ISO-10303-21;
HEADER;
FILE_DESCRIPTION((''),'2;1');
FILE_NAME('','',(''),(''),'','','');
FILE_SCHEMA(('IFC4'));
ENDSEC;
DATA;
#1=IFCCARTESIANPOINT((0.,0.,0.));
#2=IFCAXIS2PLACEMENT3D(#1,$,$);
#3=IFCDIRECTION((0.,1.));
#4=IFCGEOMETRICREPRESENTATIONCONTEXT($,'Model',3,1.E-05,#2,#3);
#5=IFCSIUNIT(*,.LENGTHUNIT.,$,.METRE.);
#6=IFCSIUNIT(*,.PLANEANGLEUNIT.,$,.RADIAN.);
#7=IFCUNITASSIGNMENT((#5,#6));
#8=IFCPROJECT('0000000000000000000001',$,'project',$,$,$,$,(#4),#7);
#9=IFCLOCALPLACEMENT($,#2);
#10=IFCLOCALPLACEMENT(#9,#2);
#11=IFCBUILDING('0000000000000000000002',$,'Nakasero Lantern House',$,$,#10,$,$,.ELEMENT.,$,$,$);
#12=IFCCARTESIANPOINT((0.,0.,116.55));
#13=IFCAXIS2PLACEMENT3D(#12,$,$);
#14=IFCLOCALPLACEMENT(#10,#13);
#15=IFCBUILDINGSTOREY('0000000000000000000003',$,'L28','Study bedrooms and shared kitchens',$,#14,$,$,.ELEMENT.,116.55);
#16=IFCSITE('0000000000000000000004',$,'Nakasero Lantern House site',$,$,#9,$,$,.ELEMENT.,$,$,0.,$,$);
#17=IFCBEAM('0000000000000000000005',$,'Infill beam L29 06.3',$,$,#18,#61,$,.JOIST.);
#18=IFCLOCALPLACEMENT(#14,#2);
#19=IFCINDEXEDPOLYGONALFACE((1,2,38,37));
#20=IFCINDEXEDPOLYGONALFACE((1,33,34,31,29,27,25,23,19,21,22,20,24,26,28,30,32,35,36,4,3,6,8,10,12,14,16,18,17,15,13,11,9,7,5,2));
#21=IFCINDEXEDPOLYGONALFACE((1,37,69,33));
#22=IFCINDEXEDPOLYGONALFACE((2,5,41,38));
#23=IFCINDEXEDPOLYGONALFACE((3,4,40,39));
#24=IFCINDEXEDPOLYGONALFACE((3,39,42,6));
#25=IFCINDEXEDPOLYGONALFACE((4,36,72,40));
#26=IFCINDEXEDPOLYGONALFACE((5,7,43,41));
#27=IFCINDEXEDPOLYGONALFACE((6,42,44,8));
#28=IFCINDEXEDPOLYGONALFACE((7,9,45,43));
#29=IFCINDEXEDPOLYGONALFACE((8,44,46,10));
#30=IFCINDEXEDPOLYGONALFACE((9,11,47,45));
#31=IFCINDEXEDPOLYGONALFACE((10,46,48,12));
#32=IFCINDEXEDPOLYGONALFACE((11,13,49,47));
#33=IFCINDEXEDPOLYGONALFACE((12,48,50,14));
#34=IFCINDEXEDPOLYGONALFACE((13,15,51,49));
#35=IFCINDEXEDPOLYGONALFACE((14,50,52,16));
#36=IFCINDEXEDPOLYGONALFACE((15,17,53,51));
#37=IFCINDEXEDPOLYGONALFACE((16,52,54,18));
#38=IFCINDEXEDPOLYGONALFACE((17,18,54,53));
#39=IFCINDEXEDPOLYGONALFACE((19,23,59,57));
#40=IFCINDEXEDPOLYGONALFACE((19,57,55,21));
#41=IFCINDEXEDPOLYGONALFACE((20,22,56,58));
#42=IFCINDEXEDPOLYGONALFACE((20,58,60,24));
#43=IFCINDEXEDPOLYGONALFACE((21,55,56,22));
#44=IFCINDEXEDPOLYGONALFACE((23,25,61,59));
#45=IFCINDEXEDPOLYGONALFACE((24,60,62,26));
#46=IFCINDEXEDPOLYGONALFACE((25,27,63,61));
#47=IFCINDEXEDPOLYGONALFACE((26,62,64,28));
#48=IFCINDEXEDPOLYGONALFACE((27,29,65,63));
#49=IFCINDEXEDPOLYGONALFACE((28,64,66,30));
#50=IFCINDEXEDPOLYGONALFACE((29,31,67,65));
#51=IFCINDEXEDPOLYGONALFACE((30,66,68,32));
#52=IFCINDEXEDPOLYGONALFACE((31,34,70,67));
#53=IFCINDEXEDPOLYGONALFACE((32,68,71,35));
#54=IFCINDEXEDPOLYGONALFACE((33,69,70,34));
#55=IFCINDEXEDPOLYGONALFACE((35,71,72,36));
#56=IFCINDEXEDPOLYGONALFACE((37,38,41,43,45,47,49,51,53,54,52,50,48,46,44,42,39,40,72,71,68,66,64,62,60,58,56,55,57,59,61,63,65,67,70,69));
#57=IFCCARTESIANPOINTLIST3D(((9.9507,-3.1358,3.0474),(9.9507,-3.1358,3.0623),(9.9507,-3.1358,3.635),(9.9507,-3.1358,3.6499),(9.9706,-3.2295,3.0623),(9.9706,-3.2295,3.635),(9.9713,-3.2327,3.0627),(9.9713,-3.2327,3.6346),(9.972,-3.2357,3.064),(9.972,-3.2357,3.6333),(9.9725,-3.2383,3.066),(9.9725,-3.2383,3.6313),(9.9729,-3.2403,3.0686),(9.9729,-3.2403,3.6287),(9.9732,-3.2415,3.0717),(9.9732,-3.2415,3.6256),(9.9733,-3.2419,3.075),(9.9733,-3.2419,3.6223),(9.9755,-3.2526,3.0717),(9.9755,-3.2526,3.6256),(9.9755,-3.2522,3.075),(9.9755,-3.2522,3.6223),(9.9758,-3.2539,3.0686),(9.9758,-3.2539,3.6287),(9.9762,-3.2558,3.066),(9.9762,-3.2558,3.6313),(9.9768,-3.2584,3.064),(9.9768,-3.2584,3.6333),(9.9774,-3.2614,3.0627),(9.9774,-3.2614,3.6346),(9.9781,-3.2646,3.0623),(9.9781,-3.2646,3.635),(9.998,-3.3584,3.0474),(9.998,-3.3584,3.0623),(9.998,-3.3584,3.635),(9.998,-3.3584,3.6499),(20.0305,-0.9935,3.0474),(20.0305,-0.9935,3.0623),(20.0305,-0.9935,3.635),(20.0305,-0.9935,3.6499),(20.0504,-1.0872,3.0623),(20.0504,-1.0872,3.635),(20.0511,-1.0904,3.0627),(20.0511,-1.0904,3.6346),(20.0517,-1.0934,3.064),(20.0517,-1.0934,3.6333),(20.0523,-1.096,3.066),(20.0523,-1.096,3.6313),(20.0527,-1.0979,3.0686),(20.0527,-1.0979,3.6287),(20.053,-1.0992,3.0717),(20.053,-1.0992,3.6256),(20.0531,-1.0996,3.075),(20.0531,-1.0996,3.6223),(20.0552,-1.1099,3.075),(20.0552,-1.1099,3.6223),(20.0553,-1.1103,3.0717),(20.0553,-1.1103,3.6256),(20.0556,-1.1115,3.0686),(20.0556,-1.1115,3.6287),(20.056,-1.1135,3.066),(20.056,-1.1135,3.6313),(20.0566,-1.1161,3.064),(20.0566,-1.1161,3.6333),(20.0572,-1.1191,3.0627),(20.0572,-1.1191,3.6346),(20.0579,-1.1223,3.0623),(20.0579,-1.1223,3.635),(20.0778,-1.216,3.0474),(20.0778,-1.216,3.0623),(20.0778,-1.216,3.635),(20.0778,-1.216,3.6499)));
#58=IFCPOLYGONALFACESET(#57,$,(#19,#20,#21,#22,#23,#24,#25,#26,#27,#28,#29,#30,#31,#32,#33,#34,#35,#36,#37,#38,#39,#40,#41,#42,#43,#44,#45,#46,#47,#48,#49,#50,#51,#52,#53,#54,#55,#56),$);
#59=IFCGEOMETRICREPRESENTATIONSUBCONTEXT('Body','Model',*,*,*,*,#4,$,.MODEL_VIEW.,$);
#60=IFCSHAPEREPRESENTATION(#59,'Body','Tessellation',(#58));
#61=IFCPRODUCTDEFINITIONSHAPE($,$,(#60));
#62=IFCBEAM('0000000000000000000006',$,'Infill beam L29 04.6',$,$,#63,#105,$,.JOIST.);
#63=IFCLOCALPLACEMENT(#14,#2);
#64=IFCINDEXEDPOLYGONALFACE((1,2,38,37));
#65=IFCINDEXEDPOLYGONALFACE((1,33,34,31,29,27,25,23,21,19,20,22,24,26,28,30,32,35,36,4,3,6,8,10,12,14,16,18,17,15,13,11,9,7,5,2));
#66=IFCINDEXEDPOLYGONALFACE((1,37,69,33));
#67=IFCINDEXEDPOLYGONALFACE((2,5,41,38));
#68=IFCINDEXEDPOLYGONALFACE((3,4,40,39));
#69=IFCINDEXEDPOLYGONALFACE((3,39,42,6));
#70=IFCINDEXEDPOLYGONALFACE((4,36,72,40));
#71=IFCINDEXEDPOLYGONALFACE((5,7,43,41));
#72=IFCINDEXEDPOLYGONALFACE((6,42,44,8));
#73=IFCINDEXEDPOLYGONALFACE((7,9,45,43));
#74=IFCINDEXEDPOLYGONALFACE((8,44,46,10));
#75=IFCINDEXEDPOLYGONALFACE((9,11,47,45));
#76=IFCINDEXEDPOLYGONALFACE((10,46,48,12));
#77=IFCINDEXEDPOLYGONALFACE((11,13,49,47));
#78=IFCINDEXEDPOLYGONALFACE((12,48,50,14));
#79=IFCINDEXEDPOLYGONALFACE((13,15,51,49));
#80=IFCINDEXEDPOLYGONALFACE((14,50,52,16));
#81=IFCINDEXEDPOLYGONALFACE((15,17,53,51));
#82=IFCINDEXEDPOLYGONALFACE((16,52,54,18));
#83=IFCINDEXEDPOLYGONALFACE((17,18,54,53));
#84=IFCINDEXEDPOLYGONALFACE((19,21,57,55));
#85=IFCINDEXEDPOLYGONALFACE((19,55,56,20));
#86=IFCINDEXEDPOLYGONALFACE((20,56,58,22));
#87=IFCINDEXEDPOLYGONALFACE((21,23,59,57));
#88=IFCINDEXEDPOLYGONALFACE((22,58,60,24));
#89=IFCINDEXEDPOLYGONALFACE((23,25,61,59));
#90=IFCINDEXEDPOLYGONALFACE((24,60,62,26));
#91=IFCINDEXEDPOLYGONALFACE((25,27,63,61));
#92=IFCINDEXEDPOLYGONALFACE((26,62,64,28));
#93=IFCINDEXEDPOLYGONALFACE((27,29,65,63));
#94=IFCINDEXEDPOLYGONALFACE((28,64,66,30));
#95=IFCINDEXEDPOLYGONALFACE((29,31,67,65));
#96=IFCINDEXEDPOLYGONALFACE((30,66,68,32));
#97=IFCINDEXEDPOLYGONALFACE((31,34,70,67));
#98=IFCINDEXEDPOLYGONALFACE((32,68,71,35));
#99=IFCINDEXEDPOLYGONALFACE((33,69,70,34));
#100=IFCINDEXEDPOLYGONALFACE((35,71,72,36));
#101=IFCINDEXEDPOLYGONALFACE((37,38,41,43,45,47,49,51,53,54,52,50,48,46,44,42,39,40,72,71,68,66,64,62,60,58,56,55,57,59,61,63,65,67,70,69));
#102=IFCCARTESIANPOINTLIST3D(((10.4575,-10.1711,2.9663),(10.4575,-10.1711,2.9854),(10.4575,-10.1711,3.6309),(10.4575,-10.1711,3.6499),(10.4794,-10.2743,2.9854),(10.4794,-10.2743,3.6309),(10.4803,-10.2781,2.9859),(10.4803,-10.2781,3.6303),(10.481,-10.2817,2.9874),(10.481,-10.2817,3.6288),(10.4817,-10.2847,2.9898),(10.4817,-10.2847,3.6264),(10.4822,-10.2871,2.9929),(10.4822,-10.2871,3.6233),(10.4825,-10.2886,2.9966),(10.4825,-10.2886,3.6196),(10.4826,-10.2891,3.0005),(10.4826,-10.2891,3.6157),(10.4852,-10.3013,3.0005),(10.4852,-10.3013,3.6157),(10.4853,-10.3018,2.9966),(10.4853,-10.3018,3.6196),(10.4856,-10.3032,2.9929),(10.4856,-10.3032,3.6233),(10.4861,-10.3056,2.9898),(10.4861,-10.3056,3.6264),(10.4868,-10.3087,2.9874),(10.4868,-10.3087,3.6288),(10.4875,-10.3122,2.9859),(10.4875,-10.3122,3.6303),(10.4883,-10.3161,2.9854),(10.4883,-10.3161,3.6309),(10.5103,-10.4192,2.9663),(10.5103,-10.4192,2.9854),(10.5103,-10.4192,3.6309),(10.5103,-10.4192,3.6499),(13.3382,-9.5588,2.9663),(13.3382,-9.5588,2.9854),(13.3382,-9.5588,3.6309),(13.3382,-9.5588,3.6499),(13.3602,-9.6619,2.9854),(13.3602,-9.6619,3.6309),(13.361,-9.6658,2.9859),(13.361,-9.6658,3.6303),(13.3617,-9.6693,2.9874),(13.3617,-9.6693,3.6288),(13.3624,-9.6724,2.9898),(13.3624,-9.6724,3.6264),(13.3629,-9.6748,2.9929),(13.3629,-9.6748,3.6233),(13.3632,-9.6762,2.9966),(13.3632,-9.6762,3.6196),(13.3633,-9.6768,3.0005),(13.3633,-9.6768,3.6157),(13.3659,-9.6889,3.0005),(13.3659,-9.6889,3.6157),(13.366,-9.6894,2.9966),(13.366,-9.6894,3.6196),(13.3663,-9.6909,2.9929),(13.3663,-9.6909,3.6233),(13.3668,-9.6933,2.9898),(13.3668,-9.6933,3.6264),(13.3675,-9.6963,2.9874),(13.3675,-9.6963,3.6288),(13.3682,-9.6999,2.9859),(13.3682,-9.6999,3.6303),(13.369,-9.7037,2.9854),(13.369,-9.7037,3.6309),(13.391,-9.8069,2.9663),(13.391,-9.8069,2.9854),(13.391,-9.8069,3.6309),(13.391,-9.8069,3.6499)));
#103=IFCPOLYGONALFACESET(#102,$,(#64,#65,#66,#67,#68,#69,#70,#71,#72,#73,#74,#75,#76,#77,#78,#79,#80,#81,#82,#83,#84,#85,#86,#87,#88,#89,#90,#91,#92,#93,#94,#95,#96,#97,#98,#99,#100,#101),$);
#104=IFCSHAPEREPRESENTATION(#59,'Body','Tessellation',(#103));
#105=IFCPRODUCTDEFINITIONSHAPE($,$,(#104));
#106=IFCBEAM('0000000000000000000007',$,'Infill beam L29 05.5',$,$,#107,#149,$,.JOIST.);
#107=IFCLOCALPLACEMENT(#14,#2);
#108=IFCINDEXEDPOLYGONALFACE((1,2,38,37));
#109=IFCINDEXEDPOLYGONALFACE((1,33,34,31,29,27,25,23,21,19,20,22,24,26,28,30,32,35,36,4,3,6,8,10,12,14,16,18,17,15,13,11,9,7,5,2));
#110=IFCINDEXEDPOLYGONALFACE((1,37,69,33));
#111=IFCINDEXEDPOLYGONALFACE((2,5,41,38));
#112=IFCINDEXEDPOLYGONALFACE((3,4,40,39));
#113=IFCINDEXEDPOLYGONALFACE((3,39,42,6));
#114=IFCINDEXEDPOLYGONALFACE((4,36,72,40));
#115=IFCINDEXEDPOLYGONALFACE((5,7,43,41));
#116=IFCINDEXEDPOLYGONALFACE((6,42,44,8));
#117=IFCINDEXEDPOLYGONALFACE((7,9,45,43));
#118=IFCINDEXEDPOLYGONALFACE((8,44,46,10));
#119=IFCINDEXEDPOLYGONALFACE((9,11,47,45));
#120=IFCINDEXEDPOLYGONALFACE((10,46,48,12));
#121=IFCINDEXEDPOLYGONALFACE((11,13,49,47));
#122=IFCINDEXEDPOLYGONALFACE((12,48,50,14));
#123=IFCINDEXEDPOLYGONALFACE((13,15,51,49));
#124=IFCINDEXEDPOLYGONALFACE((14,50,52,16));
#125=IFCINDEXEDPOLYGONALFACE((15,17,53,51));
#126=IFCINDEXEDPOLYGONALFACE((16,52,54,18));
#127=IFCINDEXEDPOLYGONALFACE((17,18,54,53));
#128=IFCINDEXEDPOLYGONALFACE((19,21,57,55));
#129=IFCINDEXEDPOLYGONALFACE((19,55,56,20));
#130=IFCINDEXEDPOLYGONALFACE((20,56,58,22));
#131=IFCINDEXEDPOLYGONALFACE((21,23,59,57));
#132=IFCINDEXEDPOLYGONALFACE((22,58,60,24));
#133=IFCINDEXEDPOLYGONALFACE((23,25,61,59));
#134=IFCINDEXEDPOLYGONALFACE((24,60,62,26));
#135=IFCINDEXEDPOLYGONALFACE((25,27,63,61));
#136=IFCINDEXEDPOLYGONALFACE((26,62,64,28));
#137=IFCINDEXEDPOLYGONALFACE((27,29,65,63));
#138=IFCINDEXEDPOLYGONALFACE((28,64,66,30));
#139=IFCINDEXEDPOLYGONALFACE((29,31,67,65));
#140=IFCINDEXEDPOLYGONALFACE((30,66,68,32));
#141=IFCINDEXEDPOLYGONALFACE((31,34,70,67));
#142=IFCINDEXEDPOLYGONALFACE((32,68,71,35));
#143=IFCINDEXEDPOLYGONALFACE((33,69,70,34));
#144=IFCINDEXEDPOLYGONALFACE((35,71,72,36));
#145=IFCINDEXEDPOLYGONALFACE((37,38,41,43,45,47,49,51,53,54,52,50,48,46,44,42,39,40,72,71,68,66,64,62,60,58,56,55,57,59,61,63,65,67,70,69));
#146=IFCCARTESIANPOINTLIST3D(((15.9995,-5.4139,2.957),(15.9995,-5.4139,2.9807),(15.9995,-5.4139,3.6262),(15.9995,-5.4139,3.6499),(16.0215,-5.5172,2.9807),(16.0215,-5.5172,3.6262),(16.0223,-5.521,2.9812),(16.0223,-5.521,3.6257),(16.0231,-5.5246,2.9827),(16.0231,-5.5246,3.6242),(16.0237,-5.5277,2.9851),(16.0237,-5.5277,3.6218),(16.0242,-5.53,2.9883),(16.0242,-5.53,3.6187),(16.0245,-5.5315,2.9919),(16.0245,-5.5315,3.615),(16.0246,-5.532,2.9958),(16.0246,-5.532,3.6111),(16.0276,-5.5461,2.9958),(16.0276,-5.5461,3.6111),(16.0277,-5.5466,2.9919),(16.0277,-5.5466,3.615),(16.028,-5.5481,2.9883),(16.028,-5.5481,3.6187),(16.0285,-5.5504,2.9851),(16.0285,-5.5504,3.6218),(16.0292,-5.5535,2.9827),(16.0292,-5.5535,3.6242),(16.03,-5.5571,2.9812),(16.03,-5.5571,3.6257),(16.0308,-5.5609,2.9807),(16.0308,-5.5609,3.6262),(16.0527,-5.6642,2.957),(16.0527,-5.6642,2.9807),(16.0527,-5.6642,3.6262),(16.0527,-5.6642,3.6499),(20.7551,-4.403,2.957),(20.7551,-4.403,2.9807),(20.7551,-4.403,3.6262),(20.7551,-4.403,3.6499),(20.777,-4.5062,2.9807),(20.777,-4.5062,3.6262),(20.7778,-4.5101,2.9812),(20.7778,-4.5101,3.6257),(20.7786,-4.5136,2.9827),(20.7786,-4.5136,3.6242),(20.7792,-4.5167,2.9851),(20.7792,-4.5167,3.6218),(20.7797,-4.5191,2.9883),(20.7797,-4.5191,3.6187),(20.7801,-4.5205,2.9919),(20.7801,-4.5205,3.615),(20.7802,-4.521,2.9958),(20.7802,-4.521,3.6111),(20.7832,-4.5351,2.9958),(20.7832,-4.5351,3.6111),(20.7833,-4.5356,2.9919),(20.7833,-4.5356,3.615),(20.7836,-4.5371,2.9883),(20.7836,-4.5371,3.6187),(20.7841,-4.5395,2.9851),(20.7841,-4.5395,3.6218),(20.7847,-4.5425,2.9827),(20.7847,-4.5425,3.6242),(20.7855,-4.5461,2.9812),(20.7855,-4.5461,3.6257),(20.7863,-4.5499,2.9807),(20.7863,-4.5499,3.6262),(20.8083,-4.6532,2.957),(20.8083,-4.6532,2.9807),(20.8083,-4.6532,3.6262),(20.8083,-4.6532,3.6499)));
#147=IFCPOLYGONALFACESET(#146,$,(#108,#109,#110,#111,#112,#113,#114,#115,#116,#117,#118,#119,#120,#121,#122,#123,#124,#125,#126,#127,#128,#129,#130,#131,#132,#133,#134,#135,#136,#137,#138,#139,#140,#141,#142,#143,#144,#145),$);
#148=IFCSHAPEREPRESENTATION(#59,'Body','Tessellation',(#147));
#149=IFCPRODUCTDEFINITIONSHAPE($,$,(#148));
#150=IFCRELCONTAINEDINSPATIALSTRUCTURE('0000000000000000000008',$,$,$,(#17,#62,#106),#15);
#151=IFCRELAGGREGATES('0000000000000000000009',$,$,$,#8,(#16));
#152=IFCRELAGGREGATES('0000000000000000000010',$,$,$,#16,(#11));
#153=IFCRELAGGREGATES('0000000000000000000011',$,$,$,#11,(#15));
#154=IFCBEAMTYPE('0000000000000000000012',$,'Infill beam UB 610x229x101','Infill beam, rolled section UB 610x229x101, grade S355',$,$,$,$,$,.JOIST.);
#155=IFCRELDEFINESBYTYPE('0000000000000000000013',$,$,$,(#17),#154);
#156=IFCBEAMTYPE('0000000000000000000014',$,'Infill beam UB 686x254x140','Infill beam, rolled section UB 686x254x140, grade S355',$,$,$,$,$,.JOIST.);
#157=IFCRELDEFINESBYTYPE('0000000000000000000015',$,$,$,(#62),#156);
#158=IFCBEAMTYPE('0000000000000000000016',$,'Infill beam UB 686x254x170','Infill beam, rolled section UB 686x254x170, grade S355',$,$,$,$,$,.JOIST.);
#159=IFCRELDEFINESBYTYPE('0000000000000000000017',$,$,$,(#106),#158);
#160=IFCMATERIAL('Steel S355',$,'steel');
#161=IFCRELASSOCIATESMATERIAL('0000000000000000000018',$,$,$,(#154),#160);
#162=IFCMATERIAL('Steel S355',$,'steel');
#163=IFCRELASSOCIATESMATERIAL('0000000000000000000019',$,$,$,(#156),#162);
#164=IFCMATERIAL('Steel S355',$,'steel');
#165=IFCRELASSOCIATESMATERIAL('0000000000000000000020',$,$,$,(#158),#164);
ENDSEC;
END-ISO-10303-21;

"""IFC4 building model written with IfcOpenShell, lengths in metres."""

from ifc_helpers import new_model, si_unit, direction, frame, origin, origin_2d, place, context, subcontext, project, spatial, i_section, extrude, material, material_profile, profile_set, type_object, element, save


model = new_model("IFC4")

# Units and contexts
model_context = context("Model", 3, precision=1e-05, world=origin(), true_north=direction((0.0, 1.0)))
body_context = subcontext(model_context, "Body", "Model", "MODEL_VIEW")
ifc_project = project(units=[si_unit("LENGTHUNIT", "METRE"), si_unit("PLANEANGLEUNIT", "RADIAN")], contexts=[model_context])

# Site, building, storey
site_placement = place(None, origin())
site = spatial("IfcSite", under=ifc_project, at=site_placement, Name="Nakasero Lantern House site", CompositionType="ELEMENT", RefElevation=0.0)
building_placement = place(site_placement, origin())
building = spatial("IfcBuilding", under=site, at=building_placement, Name="Nakasero Lantern House", CompositionType="ELEMENT")
storey_placement = place(building_placement, frame((0.0, 0.0, 116.55)))
storey = spatial("IfcBuildingStorey", under=building, at=storey_placement, Name="L28", Description="Study bedrooms and shared kitchens", CompositionType="ELEMENT", Elevation=116.55)

# Beams
ifc_material_1 = material(Name="Steel S355", Category="steel")
ifc_material_profile_1 = material_profile(ifc_material_1, i_section(OverallWidth=0.2275, OverallDepth=0.6025, WebThickness=0.0105, FlangeThickness=0.0149, FilletRadius=0.0127, at=origin_2d()), Name="UB 610x229x101")
ifc_profile_set_1 = profile_set([ifc_material_profile_1], Name="Steel S355")
beam_type_1 = type_object("IfcBeamType", Name="Infill beam UB 610x229x101", Description="Infill beam, rolled section UB 610x229x101, grade S355", PredefinedType="JOIST", material=ifc_profile_set_1)
beam_1_placement = place(storey_placement, frame((9.9744, -3.2471, 3.3486), z_axis=(0.978152, 0.207893, 0.0), x_axis=(-0.207893, 0.978152, 0.0)))
element("IfcBeam", 1, at=beam_1_placement, inside=storey, type_object=beam_type_1, Name="Infill beam L29 06.3", PredefinedType="JOIST", context=body_context, shape_type="SweptSolid", body=[
    extrude(i_section(OverallWidth=0.2275, OverallDepth=0.6025, WebThickness=0.0105, FlangeThickness=0.0149, FilletRadius=0.0127, at=origin_2d()), origin(), (0.0, 0.0, 1.0), 10.3049),
])
ifc_material_2 = material(Name="Steel S355", Category="steel")
ifc_material_profile_2 = material_profile(ifc_material_2, i_section(OverallWidth=0.2537, OverallDepth=0.6836, WebThickness=0.0125, FlangeThickness=0.019, FilletRadius=0.0151, at=origin_2d()), Name="UB 686x254x140")
ifc_profile_set_2 = profile_set([ifc_material_profile_2], Name="Steel S355")
beam_type_2 = type_object("IfcBeamType", Name="Infill beam UB 686x254x140", Description="Infill beam, rolled section UB 686x254x140, grade S355", PredefinedType="JOIST", material=ifc_profile_set_2)
beam_2_placement = place(storey_placement, frame((10.4839, -10.2952, 3.3081), z_axis=(0.978147, 0.207915, 0.0), x_axis=(-0.207915, 0.978147, 0.0)))
element("IfcBeam", 2, at=beam_2_placement, inside=storey, type_object=beam_type_2, Name="Infill beam L29 04.6", PredefinedType="JOIST", context=body_context, shape_type="SweptSolid", body=[
    extrude(i_section(OverallWidth=0.2537, OverallDepth=0.6836, WebThickness=0.0125, FlangeThickness=0.019, FilletRadius=0.0151, at=origin_2d()), origin(), (0.0, 0.0, 1.0), 2.9451),
])
ifc_material_3 = material(Name="Steel S355", Category="steel")
ifc_material_profile_3 = material_profile(ifc_material_3, i_section(OverallWidth=0.2559, OverallDepth=0.6929, WebThickness=0.0144, FlangeThickness=0.0237, FilletRadius=0.0151, at=origin_2d()), Name="UB 686x254x170")
ifc_profile_set_3 = profile_set([ifc_material_profile_3], Name="Steel S355")
beam_type_3 = type_object("IfcBeamType", Name="Infill beam UB 686x254x170", Description="Infill beam, rolled section UB 686x254x170, grade S355", PredefinedType="JOIST", material=ifc_profile_set_3)
beam_3_placement = place(storey_placement, frame((16.0261, -5.5391, 3.3035), z_axis=(0.978141, 0.207941, 0.0), x_axis=(-0.207941, 0.978141, 0.0)))
element("IfcBeam", 3, at=beam_3_placement, inside=storey, type_object=beam_type_3, Name="Infill beam L29 05.5", PredefinedType="JOIST", context=body_context, shape_type="SweptSolid", body=[
    extrude(i_section(OverallWidth=0.2559, OverallDepth=0.6929, WebThickness=0.0144, FlangeThickness=0.0237, FilletRadius=0.0151, at=origin_2d()), origin(), (0.0, 0.0, 1.0), 4.8618),
])

save(model, "model.ifc")
